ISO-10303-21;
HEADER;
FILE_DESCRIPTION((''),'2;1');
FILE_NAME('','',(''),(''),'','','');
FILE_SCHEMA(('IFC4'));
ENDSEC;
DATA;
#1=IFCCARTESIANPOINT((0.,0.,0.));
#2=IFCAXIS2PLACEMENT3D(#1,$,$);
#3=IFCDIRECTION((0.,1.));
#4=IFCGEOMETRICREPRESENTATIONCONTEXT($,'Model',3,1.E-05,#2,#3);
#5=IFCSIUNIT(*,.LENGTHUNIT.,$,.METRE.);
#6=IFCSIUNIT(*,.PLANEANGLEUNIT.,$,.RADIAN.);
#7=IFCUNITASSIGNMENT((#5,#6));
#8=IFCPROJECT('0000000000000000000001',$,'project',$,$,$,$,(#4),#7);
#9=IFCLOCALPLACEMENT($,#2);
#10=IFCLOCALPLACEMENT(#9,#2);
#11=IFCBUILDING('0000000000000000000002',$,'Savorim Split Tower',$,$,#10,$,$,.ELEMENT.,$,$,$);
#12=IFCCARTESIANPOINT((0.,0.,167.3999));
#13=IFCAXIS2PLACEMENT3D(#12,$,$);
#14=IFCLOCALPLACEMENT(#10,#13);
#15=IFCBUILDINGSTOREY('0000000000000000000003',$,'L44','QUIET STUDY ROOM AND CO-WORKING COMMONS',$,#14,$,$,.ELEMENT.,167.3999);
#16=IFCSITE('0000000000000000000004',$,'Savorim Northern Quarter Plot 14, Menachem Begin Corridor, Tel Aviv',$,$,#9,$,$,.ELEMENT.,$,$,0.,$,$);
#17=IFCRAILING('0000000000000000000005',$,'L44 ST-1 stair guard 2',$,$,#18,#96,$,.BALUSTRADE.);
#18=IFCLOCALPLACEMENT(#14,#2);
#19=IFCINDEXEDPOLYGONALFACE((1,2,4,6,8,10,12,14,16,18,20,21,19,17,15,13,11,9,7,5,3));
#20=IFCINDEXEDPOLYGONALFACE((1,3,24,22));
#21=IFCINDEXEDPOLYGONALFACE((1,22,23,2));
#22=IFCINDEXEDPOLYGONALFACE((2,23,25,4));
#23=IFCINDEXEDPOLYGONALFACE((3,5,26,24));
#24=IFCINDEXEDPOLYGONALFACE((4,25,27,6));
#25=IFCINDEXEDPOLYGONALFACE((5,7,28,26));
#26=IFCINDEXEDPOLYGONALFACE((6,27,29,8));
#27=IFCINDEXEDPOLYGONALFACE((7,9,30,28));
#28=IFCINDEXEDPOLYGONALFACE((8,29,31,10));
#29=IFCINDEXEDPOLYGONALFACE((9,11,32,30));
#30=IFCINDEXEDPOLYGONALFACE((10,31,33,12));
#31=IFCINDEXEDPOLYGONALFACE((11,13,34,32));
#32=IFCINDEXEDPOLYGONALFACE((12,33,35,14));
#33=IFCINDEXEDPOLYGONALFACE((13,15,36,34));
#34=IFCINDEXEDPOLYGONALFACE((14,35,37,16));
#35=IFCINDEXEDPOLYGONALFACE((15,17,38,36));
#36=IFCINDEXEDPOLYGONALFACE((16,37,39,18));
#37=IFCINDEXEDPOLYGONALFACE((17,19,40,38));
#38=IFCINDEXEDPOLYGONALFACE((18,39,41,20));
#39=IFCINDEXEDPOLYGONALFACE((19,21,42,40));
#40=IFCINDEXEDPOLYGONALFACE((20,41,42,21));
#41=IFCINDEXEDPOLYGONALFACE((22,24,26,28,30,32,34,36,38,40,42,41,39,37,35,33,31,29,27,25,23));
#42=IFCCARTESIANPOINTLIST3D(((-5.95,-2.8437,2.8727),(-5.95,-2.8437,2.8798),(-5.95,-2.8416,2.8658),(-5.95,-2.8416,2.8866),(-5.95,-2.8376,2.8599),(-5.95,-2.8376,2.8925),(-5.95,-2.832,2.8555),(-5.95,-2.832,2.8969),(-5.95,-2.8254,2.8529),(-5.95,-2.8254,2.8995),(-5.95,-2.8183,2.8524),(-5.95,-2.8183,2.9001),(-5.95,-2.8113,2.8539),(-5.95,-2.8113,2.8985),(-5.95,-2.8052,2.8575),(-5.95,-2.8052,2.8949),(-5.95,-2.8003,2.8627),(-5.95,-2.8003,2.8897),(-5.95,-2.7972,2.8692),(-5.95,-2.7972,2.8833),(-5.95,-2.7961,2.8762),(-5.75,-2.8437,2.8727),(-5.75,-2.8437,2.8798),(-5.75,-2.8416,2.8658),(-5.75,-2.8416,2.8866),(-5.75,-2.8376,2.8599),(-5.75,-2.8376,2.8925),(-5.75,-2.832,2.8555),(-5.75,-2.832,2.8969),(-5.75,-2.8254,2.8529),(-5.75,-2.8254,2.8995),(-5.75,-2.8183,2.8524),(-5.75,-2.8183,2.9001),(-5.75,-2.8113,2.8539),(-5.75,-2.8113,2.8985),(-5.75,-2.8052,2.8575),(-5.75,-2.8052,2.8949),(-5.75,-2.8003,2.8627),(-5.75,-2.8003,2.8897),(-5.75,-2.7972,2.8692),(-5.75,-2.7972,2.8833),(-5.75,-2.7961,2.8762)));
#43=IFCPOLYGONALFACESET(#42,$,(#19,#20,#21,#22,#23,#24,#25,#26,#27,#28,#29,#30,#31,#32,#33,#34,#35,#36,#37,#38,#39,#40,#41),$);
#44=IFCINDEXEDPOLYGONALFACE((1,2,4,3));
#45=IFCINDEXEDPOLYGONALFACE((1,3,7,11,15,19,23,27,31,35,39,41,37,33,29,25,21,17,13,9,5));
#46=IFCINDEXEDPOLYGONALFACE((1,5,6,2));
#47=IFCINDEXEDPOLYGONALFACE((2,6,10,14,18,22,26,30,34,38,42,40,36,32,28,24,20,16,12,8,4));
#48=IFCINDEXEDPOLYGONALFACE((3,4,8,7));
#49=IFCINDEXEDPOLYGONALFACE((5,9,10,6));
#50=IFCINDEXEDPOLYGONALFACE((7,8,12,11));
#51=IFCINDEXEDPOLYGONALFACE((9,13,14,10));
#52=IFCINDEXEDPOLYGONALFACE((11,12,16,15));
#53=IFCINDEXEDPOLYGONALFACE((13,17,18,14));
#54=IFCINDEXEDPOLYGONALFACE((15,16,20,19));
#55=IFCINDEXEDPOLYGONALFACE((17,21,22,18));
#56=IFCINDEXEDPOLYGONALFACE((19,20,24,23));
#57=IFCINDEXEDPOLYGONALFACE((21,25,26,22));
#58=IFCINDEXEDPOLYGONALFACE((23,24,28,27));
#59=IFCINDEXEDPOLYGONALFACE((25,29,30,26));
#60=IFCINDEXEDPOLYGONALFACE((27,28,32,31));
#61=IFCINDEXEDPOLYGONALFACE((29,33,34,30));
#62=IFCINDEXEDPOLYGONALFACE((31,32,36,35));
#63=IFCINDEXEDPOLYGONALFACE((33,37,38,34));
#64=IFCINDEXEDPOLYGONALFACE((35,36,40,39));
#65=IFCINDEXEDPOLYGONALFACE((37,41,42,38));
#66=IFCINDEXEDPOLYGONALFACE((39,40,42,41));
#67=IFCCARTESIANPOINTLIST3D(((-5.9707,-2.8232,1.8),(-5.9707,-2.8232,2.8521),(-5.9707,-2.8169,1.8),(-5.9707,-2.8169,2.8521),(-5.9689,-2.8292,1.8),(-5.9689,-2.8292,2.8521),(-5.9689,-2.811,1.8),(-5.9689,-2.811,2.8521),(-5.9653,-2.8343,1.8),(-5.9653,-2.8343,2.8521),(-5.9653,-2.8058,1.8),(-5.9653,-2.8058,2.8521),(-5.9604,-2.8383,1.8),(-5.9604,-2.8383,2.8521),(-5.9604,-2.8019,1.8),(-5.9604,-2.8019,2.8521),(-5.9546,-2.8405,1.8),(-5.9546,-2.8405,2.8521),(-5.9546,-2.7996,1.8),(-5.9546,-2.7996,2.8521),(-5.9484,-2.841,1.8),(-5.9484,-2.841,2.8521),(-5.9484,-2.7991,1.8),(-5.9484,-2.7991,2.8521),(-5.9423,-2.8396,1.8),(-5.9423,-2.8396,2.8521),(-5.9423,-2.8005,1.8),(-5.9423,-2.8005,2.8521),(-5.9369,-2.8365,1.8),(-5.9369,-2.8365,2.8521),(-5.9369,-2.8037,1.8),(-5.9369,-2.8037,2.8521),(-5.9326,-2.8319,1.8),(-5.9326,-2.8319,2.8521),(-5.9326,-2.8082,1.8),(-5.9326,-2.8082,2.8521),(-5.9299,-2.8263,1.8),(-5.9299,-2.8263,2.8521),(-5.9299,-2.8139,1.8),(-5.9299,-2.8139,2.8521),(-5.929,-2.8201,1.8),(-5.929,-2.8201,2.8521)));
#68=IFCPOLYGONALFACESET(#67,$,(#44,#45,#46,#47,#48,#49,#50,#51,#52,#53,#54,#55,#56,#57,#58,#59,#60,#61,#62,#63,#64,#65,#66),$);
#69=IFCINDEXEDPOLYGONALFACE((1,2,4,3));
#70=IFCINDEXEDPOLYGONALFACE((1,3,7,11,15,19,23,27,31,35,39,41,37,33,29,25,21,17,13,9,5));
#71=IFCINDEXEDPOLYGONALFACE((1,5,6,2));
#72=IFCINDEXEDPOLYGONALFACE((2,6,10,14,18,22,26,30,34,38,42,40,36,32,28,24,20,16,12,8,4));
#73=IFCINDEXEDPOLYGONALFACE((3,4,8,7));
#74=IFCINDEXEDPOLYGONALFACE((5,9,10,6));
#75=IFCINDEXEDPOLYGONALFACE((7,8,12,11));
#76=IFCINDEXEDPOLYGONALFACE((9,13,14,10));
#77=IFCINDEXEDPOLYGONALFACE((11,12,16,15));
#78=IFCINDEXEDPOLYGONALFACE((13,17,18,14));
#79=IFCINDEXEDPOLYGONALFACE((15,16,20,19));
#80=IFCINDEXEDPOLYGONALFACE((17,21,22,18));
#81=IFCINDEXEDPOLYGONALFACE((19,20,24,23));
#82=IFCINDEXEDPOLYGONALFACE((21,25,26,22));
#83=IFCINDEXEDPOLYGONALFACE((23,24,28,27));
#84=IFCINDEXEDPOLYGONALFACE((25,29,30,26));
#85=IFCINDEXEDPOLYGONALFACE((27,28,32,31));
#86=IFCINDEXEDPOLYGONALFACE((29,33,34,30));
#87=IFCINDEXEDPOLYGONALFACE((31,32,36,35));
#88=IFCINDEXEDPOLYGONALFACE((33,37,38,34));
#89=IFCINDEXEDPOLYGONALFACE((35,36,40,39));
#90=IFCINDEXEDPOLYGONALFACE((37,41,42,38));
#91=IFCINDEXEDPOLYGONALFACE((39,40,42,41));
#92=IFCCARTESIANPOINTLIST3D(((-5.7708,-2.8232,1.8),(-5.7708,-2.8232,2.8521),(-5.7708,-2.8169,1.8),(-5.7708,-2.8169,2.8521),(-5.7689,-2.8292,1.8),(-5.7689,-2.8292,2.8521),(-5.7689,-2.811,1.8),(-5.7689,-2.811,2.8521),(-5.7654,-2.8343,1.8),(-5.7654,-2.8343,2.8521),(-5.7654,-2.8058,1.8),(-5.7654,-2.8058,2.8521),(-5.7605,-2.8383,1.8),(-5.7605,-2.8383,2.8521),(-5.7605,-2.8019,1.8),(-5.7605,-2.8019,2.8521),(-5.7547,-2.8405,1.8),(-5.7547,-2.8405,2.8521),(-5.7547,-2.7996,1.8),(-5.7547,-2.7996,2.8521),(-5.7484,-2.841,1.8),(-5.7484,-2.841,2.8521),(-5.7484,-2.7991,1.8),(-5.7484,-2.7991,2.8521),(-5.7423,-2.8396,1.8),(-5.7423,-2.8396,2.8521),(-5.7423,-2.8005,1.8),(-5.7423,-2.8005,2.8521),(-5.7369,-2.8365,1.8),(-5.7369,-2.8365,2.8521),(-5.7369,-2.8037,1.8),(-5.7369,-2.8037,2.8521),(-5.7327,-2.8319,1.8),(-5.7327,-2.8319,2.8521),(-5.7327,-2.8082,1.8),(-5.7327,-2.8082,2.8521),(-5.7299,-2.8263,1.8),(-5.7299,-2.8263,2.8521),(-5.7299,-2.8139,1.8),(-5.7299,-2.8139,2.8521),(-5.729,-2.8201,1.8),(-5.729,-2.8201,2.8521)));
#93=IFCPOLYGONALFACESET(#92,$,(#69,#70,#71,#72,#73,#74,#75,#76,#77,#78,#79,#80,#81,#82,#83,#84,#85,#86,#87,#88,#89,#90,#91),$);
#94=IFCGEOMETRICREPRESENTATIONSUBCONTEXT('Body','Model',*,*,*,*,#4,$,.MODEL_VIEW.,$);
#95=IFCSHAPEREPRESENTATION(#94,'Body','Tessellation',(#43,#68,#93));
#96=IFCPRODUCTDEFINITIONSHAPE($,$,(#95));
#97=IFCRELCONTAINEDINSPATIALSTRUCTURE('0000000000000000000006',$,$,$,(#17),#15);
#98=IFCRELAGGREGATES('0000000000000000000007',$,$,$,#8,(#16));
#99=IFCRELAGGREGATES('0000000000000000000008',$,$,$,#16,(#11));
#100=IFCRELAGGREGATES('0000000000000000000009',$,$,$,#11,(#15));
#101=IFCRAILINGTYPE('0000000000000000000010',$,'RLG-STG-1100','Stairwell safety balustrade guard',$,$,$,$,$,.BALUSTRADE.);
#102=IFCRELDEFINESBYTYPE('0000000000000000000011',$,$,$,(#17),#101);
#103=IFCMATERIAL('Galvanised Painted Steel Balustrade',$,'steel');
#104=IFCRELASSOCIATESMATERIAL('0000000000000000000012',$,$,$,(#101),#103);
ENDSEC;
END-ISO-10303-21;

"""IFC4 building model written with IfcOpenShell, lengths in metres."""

from ifc_helpers import new_model, si_unit, direction, frame, origin, origin_2d, place, context, subcontext, project, spatial, circle, extrude, material, type_object, element, save


model = new_model("IFC4")

# Units and contexts
model_context = context("Model", 3, precision=1e-05, world=origin(), true_north=direction((0.0, 1.0)))
body_context = subcontext(model_context, "Body", "Model", "MODEL_VIEW")
ifc_project = project(units=[si_unit("LENGTHUNIT", "METRE"), si_unit("PLANEANGLEUNIT", "RADIAN")], contexts=[model_context])

# Site, building, storey
site_placement = place(None, origin())
site = spatial("IfcSite", under=ifc_project, at=site_placement, Name="Savorim Northern Quarter Plot 14, Menachem Begin Corridor, Tel Aviv", CompositionType="ELEMENT", RefElevation=0.0)
building_placement = place(site_placement, origin())
building = spatial("IfcBuilding", under=site, at=building_placement, Name="Savorim Split Tower", CompositionType="ELEMENT")
storey_placement = place(building_placement, frame((0.0, 0.0, 167.3999)))
storey = spatial("IfcBuildingStorey", under=building, at=storey_placement, Name="L44", Description="QUIET STUDY ROOM AND CO-WORKING COMMONS", CompositionType="ELEMENT", Elevation=167.3999)

# Railing
ifc_material_1 = material(Name="Galvanised Painted Steel Balustrade", Category="steel")
railing_type_1 = type_object("IfcRailingType", Name="RLG-STG-1100", Description="Stairwell safety balustrade guard", PredefinedType="BALUSTRADE", material=ifc_material_1)
railing_1_placement = place(storey_placement, frame((-5.95, -2.8201, 1.8)))
element("IfcRailing", 1, at=railing_1_placement, inside=storey, type_object=railing_type_1, Name="L44 ST-1 stair guard 2", PredefinedType="BALUSTRADE", context=body_context, shape_type="SweptSolid", body=[
    extrude(circle(Radius=0.0239, at=origin_2d()), frame((0.0, 0.0, 1.0762), z_axis=(1.0, 0.0, 0.0), x_axis=(0.0, 1.0, 0.0)), (0.0, 0.0, 1.0), 0.2),
    extrude(circle(Radius=0.021, at=origin_2d()), origin(), (0.0, 0.0, 1.0), 1.052),
    extrude(circle(Radius=0.021, at=origin_2d()), frame((0.2, 0.0, 0.0)), (0.0, 0.0, 1.0), 1.052),
])

save(model, "model.ifc")
